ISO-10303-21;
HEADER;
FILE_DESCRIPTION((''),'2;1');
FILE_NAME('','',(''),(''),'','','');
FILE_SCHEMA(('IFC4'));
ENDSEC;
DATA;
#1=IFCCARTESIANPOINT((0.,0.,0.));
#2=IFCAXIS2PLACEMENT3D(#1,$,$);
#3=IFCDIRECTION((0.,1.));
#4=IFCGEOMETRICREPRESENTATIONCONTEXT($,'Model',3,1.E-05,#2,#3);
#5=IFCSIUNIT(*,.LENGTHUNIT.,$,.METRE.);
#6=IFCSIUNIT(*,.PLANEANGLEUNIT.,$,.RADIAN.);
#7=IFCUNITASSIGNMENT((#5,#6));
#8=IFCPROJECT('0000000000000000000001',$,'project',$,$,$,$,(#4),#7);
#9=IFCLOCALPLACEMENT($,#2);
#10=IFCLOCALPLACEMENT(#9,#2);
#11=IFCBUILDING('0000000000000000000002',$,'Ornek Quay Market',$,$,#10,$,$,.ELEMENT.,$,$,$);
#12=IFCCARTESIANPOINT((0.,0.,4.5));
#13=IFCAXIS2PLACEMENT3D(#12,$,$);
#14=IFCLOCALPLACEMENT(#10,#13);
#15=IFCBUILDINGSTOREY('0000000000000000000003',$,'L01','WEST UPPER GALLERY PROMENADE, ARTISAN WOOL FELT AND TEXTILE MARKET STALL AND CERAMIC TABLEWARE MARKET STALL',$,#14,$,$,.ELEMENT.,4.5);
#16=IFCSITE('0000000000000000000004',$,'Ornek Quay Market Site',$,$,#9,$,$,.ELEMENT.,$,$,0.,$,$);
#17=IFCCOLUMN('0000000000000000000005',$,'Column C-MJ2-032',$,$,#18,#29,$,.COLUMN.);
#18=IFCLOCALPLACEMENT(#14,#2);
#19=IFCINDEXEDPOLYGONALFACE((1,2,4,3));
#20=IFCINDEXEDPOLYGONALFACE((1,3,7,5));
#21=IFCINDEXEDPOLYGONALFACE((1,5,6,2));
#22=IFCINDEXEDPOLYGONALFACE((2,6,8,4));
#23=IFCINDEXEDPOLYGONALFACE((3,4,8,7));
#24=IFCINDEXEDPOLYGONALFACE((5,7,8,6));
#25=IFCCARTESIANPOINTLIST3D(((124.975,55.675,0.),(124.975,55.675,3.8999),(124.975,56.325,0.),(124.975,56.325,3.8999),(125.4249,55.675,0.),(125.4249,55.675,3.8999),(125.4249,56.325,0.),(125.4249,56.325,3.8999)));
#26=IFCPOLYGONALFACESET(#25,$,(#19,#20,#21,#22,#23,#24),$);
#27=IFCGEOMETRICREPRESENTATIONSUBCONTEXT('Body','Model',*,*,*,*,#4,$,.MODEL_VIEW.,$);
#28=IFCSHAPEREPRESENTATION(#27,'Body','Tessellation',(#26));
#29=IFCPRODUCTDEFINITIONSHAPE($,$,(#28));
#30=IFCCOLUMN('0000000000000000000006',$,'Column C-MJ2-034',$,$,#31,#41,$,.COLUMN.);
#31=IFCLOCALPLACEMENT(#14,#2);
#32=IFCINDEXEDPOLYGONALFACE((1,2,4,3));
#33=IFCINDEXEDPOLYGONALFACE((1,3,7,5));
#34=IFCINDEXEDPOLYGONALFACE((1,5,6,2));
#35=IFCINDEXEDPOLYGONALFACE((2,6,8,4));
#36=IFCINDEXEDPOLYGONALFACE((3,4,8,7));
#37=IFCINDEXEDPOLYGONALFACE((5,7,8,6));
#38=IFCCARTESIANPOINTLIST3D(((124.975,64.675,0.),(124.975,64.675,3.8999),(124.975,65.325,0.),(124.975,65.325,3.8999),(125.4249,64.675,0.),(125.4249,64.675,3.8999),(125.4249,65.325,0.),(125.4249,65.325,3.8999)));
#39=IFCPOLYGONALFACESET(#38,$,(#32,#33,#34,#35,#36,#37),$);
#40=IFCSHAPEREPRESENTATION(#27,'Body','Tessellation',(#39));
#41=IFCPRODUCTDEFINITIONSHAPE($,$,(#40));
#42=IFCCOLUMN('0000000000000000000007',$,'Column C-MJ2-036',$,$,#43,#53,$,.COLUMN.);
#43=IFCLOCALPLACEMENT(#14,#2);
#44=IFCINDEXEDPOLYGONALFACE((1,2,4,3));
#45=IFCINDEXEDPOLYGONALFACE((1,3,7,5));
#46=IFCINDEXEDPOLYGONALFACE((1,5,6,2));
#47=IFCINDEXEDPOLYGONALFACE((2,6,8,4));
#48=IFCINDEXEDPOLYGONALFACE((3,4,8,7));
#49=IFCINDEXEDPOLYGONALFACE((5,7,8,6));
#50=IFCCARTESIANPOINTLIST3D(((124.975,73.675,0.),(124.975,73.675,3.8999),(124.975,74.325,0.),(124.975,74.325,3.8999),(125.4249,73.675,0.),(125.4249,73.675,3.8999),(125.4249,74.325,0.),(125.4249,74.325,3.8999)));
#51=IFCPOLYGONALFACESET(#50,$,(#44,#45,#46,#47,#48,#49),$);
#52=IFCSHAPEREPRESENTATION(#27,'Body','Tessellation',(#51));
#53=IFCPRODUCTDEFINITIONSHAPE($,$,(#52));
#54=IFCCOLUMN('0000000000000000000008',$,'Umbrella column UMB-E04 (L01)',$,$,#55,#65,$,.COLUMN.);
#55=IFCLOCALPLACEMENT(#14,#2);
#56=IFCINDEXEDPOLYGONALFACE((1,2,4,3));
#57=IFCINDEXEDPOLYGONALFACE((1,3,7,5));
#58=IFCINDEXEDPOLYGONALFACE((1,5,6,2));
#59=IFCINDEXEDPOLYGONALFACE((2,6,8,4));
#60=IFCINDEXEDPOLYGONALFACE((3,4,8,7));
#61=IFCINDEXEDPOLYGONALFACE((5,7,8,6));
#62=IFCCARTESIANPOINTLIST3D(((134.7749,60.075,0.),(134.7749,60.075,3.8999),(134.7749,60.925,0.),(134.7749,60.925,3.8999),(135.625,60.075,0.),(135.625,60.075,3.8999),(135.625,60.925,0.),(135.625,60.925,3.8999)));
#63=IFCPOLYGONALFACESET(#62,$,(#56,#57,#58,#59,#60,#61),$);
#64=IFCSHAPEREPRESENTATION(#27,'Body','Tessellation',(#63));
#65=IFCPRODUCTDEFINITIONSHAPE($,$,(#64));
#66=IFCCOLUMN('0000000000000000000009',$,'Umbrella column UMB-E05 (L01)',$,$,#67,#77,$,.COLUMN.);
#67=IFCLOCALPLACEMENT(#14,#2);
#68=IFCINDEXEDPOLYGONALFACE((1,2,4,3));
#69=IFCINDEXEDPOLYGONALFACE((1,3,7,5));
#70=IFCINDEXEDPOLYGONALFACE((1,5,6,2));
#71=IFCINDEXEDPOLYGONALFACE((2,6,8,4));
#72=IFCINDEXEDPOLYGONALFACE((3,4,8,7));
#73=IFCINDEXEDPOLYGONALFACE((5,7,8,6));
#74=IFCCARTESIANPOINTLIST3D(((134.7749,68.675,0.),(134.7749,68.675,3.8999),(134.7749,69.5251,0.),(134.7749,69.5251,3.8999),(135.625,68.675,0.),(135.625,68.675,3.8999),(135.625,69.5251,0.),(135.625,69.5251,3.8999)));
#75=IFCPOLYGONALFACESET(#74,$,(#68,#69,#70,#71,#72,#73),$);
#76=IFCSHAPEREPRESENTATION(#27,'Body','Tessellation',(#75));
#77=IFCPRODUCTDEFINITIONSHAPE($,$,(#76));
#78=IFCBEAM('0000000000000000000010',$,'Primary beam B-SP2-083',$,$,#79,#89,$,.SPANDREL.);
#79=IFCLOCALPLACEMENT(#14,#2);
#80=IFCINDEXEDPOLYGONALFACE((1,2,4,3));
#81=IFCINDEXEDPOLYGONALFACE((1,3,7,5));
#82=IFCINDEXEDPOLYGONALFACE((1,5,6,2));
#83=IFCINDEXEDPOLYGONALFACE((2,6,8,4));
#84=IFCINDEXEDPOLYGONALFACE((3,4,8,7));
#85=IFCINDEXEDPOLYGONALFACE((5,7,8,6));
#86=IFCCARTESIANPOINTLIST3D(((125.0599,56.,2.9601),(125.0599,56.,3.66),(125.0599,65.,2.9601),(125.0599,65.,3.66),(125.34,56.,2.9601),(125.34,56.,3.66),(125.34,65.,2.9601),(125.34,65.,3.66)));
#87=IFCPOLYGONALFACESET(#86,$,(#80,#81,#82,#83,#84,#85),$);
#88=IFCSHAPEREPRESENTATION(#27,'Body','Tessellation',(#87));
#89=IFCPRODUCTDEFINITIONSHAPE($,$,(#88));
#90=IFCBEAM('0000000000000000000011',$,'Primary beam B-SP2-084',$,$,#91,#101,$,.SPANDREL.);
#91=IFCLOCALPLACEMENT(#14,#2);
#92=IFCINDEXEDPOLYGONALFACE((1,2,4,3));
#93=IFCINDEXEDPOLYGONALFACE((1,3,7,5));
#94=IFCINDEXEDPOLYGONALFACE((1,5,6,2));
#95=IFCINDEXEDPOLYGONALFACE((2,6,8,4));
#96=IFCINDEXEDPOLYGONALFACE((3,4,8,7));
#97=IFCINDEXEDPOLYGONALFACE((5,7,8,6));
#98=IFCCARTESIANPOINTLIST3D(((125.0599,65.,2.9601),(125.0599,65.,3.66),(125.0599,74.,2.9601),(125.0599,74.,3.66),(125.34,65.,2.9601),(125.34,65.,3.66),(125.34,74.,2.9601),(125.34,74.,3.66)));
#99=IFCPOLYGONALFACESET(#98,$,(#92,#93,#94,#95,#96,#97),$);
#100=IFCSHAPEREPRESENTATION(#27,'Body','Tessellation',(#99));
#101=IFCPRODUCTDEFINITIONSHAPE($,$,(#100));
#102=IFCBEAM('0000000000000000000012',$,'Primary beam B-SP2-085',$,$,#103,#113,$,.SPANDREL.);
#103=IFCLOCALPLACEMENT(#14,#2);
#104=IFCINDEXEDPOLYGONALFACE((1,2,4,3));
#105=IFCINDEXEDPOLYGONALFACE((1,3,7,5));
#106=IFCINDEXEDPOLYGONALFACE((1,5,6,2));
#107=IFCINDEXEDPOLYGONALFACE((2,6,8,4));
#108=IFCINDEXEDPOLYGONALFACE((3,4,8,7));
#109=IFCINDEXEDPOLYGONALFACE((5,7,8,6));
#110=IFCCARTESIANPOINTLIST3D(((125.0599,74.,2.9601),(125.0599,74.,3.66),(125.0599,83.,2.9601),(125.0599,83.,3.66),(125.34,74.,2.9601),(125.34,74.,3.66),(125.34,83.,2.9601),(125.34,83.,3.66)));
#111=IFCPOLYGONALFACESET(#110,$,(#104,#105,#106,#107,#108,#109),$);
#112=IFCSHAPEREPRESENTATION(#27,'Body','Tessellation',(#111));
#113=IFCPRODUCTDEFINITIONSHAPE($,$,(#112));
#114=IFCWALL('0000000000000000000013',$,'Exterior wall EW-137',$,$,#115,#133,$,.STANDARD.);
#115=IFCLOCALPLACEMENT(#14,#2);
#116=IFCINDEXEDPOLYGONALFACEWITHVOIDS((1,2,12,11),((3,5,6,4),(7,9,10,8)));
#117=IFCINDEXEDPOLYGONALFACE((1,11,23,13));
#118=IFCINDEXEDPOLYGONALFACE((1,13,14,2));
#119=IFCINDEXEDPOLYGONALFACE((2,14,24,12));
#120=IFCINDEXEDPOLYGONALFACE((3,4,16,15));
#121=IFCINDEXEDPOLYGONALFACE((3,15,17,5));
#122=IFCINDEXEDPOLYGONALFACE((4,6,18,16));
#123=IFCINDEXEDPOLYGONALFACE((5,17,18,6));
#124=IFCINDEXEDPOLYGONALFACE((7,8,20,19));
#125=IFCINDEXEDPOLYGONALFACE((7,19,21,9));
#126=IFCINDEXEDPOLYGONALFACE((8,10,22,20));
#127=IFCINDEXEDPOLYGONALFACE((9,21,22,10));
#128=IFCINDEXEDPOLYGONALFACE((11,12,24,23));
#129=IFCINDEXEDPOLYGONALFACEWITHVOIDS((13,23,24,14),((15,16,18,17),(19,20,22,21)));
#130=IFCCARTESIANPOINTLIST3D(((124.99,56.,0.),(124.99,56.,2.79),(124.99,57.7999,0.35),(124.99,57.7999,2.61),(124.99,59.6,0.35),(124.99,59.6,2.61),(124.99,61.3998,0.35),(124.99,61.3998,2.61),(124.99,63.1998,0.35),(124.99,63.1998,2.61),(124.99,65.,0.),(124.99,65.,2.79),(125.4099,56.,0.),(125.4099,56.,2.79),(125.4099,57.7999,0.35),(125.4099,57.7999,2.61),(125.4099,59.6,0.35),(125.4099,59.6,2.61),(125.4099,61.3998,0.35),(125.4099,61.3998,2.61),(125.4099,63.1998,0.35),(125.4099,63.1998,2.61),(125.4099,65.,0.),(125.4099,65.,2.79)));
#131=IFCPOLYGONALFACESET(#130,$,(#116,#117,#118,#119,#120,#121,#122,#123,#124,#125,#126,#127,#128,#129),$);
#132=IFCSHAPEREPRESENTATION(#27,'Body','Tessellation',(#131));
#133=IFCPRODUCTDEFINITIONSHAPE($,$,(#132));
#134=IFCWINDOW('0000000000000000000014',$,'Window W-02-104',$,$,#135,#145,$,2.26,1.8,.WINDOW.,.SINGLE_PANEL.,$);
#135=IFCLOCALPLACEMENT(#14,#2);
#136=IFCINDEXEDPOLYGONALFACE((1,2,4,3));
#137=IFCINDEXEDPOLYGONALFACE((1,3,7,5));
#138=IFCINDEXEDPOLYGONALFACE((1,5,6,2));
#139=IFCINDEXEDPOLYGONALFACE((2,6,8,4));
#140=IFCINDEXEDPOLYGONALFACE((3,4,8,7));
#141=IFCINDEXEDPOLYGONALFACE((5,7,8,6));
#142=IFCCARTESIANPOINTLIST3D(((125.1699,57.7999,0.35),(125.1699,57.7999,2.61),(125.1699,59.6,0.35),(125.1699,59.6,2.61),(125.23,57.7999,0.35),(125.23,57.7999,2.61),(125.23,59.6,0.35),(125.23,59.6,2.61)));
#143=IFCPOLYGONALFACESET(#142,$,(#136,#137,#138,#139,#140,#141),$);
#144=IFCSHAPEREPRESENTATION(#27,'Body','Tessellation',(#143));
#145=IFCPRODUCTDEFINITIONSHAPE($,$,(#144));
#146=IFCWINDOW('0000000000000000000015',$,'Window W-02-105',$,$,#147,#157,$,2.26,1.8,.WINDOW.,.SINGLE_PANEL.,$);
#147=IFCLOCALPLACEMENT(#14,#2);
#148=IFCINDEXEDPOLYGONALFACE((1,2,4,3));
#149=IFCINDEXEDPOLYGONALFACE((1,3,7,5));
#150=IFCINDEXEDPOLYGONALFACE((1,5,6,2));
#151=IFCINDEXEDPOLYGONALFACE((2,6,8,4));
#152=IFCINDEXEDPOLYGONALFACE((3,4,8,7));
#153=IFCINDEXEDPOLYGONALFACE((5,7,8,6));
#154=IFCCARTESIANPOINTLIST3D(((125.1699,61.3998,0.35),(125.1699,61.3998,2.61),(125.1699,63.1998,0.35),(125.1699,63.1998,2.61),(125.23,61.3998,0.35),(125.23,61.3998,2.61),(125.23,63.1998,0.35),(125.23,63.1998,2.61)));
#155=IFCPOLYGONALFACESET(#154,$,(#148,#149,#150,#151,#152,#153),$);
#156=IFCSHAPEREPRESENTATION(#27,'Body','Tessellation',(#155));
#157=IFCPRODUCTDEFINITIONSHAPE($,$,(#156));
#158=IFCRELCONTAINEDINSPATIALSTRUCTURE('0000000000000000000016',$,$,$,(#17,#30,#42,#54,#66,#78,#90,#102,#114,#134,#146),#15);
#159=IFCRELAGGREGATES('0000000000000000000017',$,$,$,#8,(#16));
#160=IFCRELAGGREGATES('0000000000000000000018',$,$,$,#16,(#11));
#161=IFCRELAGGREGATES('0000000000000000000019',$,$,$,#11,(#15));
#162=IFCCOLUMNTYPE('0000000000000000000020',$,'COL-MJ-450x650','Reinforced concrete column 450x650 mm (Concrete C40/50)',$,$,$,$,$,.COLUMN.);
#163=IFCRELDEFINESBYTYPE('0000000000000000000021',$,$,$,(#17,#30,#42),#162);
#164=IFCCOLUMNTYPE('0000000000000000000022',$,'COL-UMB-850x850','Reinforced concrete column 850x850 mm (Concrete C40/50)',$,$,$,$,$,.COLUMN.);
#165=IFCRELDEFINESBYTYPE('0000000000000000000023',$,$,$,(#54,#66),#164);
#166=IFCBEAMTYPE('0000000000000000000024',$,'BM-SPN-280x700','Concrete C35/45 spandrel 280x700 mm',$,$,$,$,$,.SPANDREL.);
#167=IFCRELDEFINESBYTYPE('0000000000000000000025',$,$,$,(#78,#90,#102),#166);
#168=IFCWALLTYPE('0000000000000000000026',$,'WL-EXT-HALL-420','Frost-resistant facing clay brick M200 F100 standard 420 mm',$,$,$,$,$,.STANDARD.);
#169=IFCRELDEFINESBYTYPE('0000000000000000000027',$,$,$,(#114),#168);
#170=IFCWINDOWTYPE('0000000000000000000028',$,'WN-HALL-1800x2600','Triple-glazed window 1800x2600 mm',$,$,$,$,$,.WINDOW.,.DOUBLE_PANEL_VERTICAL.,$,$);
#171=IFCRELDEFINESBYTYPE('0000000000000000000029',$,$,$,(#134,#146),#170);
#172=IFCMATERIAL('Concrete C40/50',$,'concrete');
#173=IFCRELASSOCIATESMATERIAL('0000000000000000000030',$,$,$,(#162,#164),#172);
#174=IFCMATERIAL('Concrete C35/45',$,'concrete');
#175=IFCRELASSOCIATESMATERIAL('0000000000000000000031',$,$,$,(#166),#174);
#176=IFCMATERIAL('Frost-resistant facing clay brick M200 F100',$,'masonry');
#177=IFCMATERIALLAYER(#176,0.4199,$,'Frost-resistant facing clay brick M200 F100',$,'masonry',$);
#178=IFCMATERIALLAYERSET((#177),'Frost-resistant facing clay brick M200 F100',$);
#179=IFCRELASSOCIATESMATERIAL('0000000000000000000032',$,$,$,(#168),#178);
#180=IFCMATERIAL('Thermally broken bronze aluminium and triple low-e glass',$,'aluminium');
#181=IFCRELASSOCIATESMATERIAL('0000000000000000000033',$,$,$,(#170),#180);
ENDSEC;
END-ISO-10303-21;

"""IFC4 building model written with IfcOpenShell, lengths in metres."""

from ifc_helpers import new_model, si_unit, direction, frame, frame_2d, origin, origin_2d, place, context, subcontext, project, spatial, rectangle, extrude, material, layer, layer_set, material_profile, profile_set, type_object, element, fill, save


model = new_model("IFC4")

# Units and contexts
model_context = context("Model", 3, precision=1e-05, world=origin(), true_north=direction((0.0, 1.0)))
body_context = subcontext(model_context, "Body", "Model", "MODEL_VIEW")
ifc_project = project(units=[si_unit("LENGTHUNIT", "METRE"), si_unit("PLANEANGLEUNIT", "RADIAN")], contexts=[model_context])

# Site, building, storey
site_placement = place(None, origin())
site = spatial("IfcSite", under=ifc_project, at=site_placement, Name="Ornek Quay Market Site", CompositionType="ELEMENT", RefElevation=0.0)
building_placement = place(site_placement, origin())
building = spatial("IfcBuilding", under=site, at=building_placement, Name="Ornek Quay Market", CompositionType="ELEMENT")
storey_placement = place(building_placement, frame((0.0, 0.0, 4.5)))
storey = spatial("IfcBuildingStorey", under=building, at=storey_placement, Name="L01", Description="WEST UPPER GALLERY PROMENADE, ARTISAN WOOL FELT AND TEXTILE MARKET STALL AND CERAMIC TABLEWARE MARKET STALL", CompositionType="ELEMENT", Elevation=4.5)

# Columns
ifc_material_1 = material(Name="Concrete C40/50", Category="concrete")
ifc_material_profile_1 = material_profile(ifc_material_1, rectangle(XDim=0.45, YDim=0.6499, at=origin_2d()), Name="RC 450x650", Category="concrete")
ifc_profile_set_1 = profile_set([ifc_material_profile_1], Name="Concrete C40/50")
column_type_1 = type_object("IfcColumnType", Name="COL-MJ-450x650", Description="Reinforced concrete column 450x650 mm (Concrete C40/50)", PredefinedType="COLUMN", material=ifc_profile_set_1)
for number, where, z_axis, x_axis, name in (
    (1, (125.2, 56.0, 0.0), (0.0, 0.0, 1.0), (1.0, 0.0, 0.0), "Column C-MJ2-032"),
    (2, (125.2, 65.0, 0.0), (0.0, 0.0, 1.0), (1.0, 0.0, 0.0), "Column C-MJ2-034"),
    (3, (125.2, 74.0, 0.0), (0.0, 0.0, 1.0), (1.0, 0.0, 0.0), "Column C-MJ2-036"),
):
    element("IfcColumn", number, at=place(storey_placement, frame(where, z_axis=z_axis, x_axis=x_axis)), inside=storey, type_object=column_type_1, Name=name, PredefinedType="COLUMN", context=body_context, shape_type="SweptSolid", body=[
        extrude(rectangle(XDim=0.45, YDim=0.6499, at=origin_2d()), origin(), (0.0, 0.0, 1.0), 3.8999),
    ])
ifc_material_profile_2 = material_profile(ifc_material_1, rectangle(XDim=0.8501, YDim=0.8501, at=origin_2d()), Name="RC 850x850", Category="concrete")
ifc_profile_set_2 = profile_set([ifc_material_profile_2], Name="Concrete C40/50")
column_type_2 = type_object("IfcColumnType", Name="COL-UMB-850x850", Description="Reinforced concrete column 850x850 mm (Concrete C40/50)", PredefinedType="COLUMN", material=ifc_profile_set_2)
for number, where, z_axis, x_axis, name in (
    (4, (135.2, 60.5, 0.0), (0.0, 0.0, 1.0), (1.0, 0.0, 0.0), "Umbrella column UMB-E04 (L01)"),
    (5, (135.2, 69.1001, 0.0), (0.0, 0.0, 1.0), (1.0, 0.0, 0.0), "Umbrella column UMB-E05 (L01)"),
):
    element("IfcColumn", number, at=place(storey_placement, frame(where, z_axis=z_axis, x_axis=x_axis)), inside=storey, type_object=column_type_2, Name=name, PredefinedType="COLUMN", context=body_context, shape_type="SweptSolid", body=[
        extrude(rectangle(XDim=0.8501, YDim=0.8501, at=origin_2d()), origin(), (0.0, 0.0, 1.0), 3.8999),
    ])

# Beams
ifc_material_2 = material(Name="Concrete C35/45", Category="concrete")
ifc_material_profile_3 = material_profile(ifc_material_2, rectangle(XDim=0.28, YDim=0.7, at=origin_2d()), Name="RC 280x700", Category="concrete")
ifc_profile_set_3 = profile_set([ifc_material_profile_3], Name="Concrete C35/45")
beam_type = type_object("IfcBeamType", Name="BM-SPN-280x700", Description="Concrete C35/45 spandrel 280x700 mm", PredefinedType="SPANDREL", material=ifc_profile_set_3)
for number, where, z_axis, x_axis, name in (
    (6, (125.2, 56.0, 3.3101), (0.0, 1.0, 0.0), (-1.0, 0.0, 0.0), "Primary beam B-SP2-083"),
    (7, (125.2, 65.0, 3.3101), (0.0, 1.0, 0.0), (-1.0, 0.0, 0.0), "Primary beam B-SP2-084"),
    (8, (125.2, 74.0, 3.3101), (0.0, 1.0, 0.0), (-1.0, 0.0, 0.0), "Primary beam B-SP2-085"),
):
    element("IfcBeam", number, at=place(storey_placement, frame(where, z_axis=z_axis, x_axis=x_axis)), inside=storey, type_object=beam_type, Name=name, PredefinedType="SPANDREL", context=body_context, shape_type="SweptSolid", body=[
        extrude(rectangle(XDim=0.28, YDim=0.7, at=origin_2d()), origin(), (0.0, 0.0, 1.0), 9.0),
    ])

# Wall, openings, windows
ifc_material_3 = material(Name="Frost-resistant facing clay brick M200 F100", Category="masonry")
ifc_layer_1 = layer(ifc_material_3, 0.4199, Name="Frost-resistant facing clay brick M200 F100", Category="masonry")
ifc_layer_set_1 = layer_set([ifc_layer_1], Name="Frost-resistant facing clay brick M200 F100")
wall_type = type_object("IfcWallType", Name="WL-EXT-HALL-420", Description="Frost-resistant facing clay brick M200 F100 standard 420 mm", PredefinedType="STANDARD", material=ifc_layer_set_1)
wall_1_placement = place(storey_placement, frame((125.2, 56.0, 0.0), z_axis=(0.0, 0.0, 1.0), x_axis=(0.0, 1.0, 0.0)))
wall_1 = element("IfcWall", 9, at=wall_1_placement, inside=storey, type_object=wall_type, Name="Exterior wall EW-137", PredefinedType="STANDARD", context=body_context, shape_type="SweptSolid", body=[
    extrude(rectangle(XDim=9.0, YDim=0.4199, at=frame_2d((4.5, 0.0))), origin(), (0.0, 0.0, 1.0), 2.79),
])
opening_1_placement = place(wall_1_placement, frame((1.8, 0.0, 0.3501)))
opening_1 = element("IfcOpeningElement", 10, at=opening_1_placement, cuts=wall_1, PredefinedType="OPENING", context=body_context, shape_type="SweptSolid", body=[
    extrude(rectangle(XDim=1.8, YDim=2.26, at=frame_2d((0.8999, 1.1299))), frame((0.0, 0.22, 0.0), z_axis=(0.0, -1.0, 0.0), x_axis=(1.0, 0.0, 0.0)), (0.0, 0.0, 1.0), 0.4399),
])
opening_2_placement = place(wall_1_placement, frame((5.3999, 0.0, 0.3501)))
opening_2 = element("IfcOpeningElement", 11, at=opening_2_placement, cuts=wall_1, PredefinedType="OPENING", context=body_context, shape_type="SweptSolid", body=[
    extrude(rectangle(XDim=1.8, YDim=2.26, at=frame_2d((0.8999, 1.1299))), frame((0.0, 0.22, 0.0), z_axis=(0.0, -1.0, 0.0), x_axis=(1.0, 0.0, 0.0)), (0.0, 0.0, 1.0), 0.4399),
])
ifc_material_4 = material(Name="Thermally broken bronze aluminium and triple low-e glass", Category="aluminium")
window_type_1 = type_object("IfcWindowType", Name="WN-HALL-1800x2600", Description="Triple-glazed window 1800x2600 mm", PartitioningType="DOUBLE_PANEL_VERTICAL", PredefinedType="WINDOW", material=ifc_material_4)
window_1_placement = place(opening_1_placement, origin())
window_1 = element("IfcWindow", 12, at=window_1_placement, inside=storey, type_object=window_type_1, Name="Window W-02-104", OverallHeight=2.26, OverallWidth=1.8, PartitioningType="SINGLE_PANEL", PredefinedType="WINDOW", context=body_context, shape_type="SweptSolid", body=[
    extrude(rectangle(XDim=1.8, YDim=2.26, at=frame_2d((0.8999, 1.1299))), frame((0.0, 0.03, 0.0), z_axis=(0.0, -1.0, 0.0), x_axis=(1.0, 0.0, 0.0)), (0.0, 0.0, 1.0), 0.0601),
])
fill(opening_1, window_1)
window_2_placement = place(opening_2_placement, origin())
window_2 = element("IfcWindow", 13, at=window_2_placement, inside=storey, type_object=window_type_1, Name="Window W-02-105", OverallHeight=2.26, OverallWidth=1.8, PartitioningType="SINGLE_PANEL", PredefinedType="WINDOW", context=body_context, shape_type="SweptSolid", body=[
    extrude(rectangle(XDim=1.8, YDim=2.26, at=frame_2d((0.8999, 1.1299))), frame((0.0, 0.03, 0.0), z_axis=(0.0, -1.0, 0.0), x_axis=(1.0, 0.0, 0.0)), (0.0, 0.0, 1.0), 0.0601),
])
fill(opening_2, window_2)

save(model, "model.ifc")
